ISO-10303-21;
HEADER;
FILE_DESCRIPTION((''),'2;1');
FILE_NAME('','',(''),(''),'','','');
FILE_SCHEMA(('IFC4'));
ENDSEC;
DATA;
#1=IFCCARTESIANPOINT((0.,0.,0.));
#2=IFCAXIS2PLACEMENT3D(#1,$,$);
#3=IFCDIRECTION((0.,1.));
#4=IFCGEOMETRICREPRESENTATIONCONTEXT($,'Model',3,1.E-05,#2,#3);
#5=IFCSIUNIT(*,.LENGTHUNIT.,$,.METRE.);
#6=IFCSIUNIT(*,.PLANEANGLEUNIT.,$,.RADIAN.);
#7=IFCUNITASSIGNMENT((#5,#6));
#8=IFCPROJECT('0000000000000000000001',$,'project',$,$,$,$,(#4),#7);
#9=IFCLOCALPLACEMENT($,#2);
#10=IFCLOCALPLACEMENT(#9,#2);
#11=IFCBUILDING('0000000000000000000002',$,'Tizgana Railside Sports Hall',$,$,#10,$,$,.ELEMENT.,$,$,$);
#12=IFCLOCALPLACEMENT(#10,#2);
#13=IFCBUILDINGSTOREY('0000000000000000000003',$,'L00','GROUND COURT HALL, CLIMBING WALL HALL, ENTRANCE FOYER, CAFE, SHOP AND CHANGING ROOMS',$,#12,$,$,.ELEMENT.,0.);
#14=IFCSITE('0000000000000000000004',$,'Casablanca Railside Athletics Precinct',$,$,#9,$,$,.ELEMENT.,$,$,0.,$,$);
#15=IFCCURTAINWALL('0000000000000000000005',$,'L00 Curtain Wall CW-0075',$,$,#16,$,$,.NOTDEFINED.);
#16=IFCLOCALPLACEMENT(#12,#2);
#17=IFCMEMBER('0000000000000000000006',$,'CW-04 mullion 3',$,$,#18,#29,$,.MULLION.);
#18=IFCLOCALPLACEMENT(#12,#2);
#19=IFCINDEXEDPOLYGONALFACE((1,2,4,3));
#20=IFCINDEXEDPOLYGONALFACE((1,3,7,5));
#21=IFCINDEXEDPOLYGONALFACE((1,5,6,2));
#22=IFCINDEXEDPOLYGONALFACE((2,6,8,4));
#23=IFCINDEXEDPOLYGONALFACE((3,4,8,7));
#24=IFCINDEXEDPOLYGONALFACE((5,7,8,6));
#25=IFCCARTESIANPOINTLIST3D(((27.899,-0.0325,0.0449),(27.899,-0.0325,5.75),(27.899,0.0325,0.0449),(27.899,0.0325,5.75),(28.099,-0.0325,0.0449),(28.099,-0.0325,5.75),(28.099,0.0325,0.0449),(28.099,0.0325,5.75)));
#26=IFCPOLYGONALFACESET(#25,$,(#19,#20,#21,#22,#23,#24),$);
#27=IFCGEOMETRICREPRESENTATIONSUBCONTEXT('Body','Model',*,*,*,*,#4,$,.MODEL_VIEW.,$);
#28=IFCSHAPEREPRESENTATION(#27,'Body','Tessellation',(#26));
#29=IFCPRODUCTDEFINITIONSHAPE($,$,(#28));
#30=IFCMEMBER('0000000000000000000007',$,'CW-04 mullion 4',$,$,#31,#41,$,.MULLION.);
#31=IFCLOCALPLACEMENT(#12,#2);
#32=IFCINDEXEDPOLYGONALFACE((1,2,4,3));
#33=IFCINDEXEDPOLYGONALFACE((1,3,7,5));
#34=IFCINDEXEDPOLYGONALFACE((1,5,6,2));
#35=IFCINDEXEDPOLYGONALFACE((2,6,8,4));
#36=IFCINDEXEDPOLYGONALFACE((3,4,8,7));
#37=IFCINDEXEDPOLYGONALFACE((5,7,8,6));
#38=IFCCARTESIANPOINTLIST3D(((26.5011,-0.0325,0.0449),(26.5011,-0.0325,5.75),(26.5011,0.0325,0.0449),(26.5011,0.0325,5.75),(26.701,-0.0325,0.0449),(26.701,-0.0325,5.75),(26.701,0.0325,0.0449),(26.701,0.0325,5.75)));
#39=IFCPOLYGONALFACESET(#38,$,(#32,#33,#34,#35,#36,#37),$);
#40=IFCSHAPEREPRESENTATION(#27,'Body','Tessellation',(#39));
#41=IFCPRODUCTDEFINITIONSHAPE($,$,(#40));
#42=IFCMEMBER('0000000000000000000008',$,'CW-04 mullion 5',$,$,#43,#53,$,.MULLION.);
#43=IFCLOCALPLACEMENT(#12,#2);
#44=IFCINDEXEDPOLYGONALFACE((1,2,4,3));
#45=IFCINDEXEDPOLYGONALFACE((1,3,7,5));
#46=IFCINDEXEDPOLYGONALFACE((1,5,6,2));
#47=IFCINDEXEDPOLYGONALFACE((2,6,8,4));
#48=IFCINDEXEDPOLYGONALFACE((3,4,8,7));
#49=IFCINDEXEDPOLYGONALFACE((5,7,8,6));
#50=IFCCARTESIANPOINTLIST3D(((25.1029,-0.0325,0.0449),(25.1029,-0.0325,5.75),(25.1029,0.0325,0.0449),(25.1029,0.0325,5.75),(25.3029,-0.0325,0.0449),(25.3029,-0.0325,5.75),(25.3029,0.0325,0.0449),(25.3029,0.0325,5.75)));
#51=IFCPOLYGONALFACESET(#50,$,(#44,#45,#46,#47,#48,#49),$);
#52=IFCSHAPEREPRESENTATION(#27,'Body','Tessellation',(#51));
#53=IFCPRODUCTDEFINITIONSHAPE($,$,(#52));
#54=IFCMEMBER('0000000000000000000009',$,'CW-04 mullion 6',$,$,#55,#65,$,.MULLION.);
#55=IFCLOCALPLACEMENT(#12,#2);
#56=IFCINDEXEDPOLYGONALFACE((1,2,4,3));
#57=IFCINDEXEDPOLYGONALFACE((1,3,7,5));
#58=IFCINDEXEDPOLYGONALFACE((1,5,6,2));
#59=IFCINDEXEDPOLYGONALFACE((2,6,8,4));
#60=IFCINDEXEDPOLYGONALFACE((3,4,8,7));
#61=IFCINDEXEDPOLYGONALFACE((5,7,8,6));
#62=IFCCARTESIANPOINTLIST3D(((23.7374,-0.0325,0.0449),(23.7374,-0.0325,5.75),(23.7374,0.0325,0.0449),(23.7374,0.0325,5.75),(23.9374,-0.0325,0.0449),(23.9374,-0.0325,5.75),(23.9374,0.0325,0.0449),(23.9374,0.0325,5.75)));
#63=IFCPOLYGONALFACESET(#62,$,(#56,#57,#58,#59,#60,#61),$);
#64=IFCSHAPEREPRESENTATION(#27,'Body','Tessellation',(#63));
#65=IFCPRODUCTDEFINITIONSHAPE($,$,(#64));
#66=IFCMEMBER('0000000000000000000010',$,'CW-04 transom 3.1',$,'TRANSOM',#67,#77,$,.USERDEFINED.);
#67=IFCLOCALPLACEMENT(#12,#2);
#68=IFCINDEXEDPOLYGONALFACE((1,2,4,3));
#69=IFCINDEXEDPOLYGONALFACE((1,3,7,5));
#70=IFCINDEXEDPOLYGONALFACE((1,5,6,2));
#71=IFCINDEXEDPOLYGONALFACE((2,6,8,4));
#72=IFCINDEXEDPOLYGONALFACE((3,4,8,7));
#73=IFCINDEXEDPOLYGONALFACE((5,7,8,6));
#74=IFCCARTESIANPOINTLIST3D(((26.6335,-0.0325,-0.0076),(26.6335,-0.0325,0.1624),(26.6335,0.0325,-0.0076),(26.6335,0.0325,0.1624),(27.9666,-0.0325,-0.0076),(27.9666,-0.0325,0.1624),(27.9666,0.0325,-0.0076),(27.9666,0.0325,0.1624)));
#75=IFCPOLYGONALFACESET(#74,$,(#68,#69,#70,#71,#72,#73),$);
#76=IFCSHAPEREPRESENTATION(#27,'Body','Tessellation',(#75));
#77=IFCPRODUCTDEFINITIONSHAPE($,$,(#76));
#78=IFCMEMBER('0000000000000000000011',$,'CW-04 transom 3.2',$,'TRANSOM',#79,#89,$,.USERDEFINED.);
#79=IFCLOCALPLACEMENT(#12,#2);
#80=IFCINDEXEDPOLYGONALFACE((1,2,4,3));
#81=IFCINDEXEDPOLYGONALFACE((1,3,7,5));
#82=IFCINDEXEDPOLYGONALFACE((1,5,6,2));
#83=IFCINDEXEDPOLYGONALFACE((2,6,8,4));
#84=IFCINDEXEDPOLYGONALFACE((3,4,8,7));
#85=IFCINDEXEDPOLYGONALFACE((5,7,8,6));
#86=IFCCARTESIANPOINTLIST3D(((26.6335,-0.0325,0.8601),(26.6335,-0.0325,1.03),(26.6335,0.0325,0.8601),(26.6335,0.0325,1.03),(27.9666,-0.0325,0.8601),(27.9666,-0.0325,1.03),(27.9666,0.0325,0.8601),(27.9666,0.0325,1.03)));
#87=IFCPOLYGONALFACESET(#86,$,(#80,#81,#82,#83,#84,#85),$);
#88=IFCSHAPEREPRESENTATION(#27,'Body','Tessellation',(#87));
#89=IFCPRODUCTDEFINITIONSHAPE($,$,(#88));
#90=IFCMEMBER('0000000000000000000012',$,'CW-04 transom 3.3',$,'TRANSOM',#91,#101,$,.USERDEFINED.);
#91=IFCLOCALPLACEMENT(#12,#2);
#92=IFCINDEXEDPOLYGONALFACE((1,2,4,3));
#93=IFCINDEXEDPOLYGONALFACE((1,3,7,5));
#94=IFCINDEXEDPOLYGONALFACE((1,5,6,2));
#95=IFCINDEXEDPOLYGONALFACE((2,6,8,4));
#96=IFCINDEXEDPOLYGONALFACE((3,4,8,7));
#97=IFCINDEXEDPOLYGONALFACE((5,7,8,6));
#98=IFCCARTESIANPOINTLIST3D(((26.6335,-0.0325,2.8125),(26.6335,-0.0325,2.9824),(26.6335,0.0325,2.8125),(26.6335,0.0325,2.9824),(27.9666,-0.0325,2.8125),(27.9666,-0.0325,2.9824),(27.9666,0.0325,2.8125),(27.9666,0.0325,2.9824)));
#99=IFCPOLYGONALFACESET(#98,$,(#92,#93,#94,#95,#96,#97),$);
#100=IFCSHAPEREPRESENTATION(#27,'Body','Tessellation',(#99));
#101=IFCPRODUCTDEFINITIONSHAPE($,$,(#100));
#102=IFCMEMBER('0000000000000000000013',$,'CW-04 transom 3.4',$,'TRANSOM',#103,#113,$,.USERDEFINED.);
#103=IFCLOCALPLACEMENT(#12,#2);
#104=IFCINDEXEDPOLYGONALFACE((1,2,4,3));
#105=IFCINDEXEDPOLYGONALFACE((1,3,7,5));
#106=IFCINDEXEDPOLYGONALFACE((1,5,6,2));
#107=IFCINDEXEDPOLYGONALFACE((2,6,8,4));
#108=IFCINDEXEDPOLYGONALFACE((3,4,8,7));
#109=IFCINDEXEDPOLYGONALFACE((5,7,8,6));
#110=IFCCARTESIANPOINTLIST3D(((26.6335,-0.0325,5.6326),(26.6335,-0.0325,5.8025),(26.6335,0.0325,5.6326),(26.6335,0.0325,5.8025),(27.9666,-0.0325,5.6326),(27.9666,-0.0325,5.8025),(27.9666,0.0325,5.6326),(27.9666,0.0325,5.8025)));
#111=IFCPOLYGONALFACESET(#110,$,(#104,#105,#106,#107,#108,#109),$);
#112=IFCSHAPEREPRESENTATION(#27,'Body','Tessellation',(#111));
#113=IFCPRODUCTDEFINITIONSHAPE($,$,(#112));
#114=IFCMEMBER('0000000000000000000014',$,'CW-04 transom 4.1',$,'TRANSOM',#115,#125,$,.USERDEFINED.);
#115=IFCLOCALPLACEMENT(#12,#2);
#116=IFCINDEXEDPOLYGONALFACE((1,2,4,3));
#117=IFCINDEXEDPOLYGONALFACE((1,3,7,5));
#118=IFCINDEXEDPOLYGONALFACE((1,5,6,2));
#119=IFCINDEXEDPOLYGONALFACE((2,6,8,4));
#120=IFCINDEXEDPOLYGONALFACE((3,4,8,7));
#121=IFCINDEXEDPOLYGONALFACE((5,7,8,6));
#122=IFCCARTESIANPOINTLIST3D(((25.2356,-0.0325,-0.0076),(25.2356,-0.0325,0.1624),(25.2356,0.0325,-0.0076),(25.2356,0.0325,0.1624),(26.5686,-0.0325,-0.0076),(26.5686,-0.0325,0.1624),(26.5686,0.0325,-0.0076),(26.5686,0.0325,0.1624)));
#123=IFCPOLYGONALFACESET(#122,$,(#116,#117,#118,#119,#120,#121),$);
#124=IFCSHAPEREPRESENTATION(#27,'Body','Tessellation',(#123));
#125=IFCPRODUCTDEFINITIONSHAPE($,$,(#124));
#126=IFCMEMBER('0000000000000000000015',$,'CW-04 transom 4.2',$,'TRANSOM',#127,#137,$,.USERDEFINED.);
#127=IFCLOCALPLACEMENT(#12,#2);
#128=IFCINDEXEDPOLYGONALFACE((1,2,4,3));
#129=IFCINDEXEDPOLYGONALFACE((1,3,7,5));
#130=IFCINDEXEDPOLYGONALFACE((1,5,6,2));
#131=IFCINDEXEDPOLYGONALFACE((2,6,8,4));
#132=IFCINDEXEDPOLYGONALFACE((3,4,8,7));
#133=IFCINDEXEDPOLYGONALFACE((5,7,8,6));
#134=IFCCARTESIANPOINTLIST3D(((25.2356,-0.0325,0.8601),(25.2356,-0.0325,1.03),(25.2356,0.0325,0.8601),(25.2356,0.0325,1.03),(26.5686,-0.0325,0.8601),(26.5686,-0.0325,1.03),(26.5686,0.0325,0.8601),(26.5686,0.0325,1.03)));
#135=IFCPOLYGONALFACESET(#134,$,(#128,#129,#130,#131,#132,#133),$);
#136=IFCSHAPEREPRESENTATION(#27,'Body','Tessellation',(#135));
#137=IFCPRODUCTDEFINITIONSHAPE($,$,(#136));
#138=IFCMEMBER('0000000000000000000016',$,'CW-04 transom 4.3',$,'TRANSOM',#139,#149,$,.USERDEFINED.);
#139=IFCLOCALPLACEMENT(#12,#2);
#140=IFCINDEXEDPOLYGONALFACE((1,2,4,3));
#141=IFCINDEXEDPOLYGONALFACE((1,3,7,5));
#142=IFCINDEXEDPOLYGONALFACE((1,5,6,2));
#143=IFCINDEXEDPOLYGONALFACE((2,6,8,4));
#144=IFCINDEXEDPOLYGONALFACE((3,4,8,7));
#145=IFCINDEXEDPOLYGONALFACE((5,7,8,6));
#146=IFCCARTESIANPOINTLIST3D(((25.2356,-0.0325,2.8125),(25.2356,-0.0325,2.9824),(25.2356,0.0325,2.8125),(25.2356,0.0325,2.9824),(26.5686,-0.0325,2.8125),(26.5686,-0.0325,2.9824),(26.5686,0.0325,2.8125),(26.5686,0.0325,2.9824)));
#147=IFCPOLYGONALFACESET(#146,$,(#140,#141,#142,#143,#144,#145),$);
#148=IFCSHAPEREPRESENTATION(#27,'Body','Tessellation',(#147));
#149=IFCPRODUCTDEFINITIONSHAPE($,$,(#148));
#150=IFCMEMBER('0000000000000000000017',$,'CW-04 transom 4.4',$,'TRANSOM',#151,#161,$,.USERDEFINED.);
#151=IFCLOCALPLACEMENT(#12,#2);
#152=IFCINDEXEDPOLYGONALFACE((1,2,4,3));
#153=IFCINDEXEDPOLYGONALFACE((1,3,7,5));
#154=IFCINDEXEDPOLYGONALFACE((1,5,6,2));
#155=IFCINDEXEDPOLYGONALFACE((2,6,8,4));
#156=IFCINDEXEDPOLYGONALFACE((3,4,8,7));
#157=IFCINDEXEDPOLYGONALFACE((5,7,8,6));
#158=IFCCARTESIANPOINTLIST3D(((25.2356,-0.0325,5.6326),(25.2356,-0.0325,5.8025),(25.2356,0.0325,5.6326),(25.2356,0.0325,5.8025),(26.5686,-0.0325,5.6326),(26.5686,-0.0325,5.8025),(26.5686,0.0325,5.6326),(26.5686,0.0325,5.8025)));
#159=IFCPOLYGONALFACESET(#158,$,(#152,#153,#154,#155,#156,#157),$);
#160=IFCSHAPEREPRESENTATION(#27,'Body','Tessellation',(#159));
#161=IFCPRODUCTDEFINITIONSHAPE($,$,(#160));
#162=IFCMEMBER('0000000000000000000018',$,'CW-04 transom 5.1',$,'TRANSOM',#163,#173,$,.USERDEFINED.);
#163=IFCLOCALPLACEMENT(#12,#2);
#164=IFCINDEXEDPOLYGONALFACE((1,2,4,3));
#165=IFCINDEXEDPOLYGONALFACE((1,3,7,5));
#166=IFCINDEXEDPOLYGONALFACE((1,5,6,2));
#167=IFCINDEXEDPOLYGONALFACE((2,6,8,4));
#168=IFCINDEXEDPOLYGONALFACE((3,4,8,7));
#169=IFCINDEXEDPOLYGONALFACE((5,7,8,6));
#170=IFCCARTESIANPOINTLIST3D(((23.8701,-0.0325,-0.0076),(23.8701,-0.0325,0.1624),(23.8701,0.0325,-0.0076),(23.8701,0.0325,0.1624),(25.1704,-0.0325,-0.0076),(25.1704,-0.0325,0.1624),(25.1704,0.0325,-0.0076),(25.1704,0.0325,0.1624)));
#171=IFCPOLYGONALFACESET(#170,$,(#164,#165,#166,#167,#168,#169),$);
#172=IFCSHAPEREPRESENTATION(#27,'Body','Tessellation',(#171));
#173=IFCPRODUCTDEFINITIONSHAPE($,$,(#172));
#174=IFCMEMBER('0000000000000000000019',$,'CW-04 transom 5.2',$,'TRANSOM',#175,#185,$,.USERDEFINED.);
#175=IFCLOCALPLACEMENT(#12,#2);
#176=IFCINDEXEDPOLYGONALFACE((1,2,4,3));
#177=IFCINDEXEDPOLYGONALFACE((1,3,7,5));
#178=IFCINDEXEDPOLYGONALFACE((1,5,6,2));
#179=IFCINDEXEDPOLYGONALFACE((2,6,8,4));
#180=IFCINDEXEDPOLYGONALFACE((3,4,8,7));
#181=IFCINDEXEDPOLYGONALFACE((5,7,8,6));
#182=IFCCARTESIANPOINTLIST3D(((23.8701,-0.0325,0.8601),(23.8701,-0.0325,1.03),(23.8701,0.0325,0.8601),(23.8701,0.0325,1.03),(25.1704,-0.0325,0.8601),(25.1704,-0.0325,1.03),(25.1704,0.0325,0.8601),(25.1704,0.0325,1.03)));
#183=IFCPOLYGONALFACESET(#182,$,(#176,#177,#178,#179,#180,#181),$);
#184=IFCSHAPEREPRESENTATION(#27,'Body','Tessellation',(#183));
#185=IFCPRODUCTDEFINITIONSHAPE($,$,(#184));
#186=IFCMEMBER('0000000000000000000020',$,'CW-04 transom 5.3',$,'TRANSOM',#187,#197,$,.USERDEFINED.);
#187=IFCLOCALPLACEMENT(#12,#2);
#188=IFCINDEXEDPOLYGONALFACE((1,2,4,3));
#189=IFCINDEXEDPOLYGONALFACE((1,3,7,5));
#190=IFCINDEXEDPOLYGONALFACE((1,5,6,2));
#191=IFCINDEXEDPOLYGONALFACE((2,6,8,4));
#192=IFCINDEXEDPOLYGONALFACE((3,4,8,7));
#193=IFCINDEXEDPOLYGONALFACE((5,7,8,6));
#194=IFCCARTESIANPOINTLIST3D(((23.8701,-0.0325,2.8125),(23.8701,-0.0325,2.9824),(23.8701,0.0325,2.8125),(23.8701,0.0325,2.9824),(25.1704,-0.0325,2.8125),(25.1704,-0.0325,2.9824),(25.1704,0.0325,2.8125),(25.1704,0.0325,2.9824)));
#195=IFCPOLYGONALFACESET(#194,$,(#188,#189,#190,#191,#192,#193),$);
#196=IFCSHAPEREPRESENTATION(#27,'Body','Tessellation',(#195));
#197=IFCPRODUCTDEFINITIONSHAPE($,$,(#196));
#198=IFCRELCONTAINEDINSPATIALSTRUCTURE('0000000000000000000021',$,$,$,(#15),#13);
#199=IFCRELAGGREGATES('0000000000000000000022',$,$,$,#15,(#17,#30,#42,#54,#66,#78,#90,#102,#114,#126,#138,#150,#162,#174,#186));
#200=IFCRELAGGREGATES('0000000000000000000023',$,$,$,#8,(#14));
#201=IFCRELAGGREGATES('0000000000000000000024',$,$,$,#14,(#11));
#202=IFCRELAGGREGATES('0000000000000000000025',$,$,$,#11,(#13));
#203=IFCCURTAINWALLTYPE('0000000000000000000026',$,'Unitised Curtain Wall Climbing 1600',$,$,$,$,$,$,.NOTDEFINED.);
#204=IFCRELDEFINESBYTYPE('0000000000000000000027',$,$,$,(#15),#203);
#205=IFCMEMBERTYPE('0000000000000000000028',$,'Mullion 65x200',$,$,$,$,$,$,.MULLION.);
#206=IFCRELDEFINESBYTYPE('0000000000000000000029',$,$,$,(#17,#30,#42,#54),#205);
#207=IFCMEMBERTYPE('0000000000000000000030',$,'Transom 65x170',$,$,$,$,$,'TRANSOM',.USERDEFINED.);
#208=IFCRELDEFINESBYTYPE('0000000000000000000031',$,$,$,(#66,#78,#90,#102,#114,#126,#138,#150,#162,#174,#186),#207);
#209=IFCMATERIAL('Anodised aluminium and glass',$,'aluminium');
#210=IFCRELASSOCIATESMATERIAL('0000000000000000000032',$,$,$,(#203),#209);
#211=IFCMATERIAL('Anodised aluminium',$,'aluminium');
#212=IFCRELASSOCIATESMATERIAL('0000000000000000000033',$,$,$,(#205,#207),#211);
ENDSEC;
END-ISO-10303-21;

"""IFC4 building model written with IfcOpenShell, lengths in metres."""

from ifc_helpers import new_model, si_unit, direction, frame, origin, origin_2d, place, context, subcontext, project, spatial, rectangle, extrude, material, material_profile, profile_set, type_object, element, aggregate, save


model = new_model("IFC4")

# Units and contexts
model_context = context("Model", 3, precision=1e-05, world=origin(), true_north=direction((0.0, 1.0)))
body_context = subcontext(model_context, "Body", "Model", "MODEL_VIEW")
ifc_project = project(units=[si_unit("LENGTHUNIT", "METRE"), si_unit("PLANEANGLEUNIT", "RADIAN")], contexts=[model_context])

# Site, building, storey
site_placement = place(None, origin())
site = spatial("IfcSite", under=ifc_project, at=site_placement, Name="Casablanca Railside Athletics Precinct", CompositionType="ELEMENT", RefElevation=0.0)
building_placement = place(site_placement, origin())
building = spatial("IfcBuilding", under=site, at=building_placement, Name="Tizgana Railside Sports Hall", CompositionType="ELEMENT")
storey_placement = place(building_placement, origin())
storey = spatial("IfcBuildingStorey", under=building, at=storey_placement, Name="L00", Description="GROUND COURT HALL, CLIMBING WALL HALL, ENTRANCE FOYER, CAFE, SHOP AND CHANGING ROOMS", CompositionType="ELEMENT", Elevation=0.0)

# Curtain wall, members
ifc_material_1 = material(Name="Anodised aluminium and glass", Category="aluminium")
curtain_wall_type = type_object("IfcCurtainWallType", Name="Unitised Curtain Wall Climbing 1600", PredefinedType="NOTDEFINED", material=ifc_material_1)
curtain_wall_placement = place(storey_placement, origin())
curtain_wall = element("IfcCurtainWall", 1, at=curtain_wall_placement, inside=storey, type_object=curtain_wall_type, Name="L00 Curtain Wall CW-0075", PredefinedType="NOTDEFINED")
ifc_material_2 = material(Name="Anodised aluminium", Category="aluminium")
ifc_material_profile_1 = material_profile(ifc_material_2, rectangle(XDim=0.0649, YDim=0.2, at=origin_2d()), Name="Mullion 65x200")
ifc_profile_set_1 = profile_set([ifc_material_profile_1], Name="Anodised aluminium")
member_type_1 = type_object("IfcMemberType", Name="Mullion 65x200", PredefinedType="MULLION", material=ifc_profile_set_1)
member_1_placement = place(storey_placement, frame((27.999, 0.0, 0.0449), z_axis=(0.0, 0.0, 1.0), x_axis=(0.0, -1.0, 0.0)))
member_1 = element("IfcMember", 2, at=member_1_placement, type_object=member_type_1, Name="CW-04 mullion 3", PredefinedType="MULLION", context=body_context, shape_type="SweptSolid", body=[
    extrude(rectangle(XDim=0.0649, YDim=0.2, at=origin_2d()), origin(), (0.0, 0.0, 1.0), 5.7051),
])
member_2_placement = place(storey_placement, frame((26.6011, 0.0, 0.0449), z_axis=(0.0, 0.0, 1.0), x_axis=(0.0, -1.0, 0.0)))
member_2 = element("IfcMember", 3, at=member_2_placement, type_object=member_type_1, Name="CW-04 mullion 4", PredefinedType="MULLION", context=body_context, shape_type="SweptSolid", body=[
    extrude(rectangle(XDim=0.0649, YDim=0.2, at=origin_2d()), origin(), (0.0, 0.0, 1.0), 5.7051),
])
member_3_placement = place(storey_placement, frame((25.2029, 0.0, 0.0449), z_axis=(0.0, 0.0, 1.0), x_axis=(0.0, -1.0, 0.0)))
member_3 = element("IfcMember", 4, at=member_3_placement, type_object=member_type_1, Name="CW-04 mullion 5", PredefinedType="MULLION", context=body_context, shape_type="SweptSolid", body=[
    extrude(rectangle(XDim=0.0649, YDim=0.2, at=origin_2d()), origin(), (0.0, 0.0, 1.0), 5.7051),
])
member_4_placement = place(storey_placement, frame((23.8374, 0.0, 0.0449), z_axis=(0.0, 0.0, 1.0), x_axis=(0.0, -1.0, 0.0)))
member_4 = element("IfcMember", 5, at=member_4_placement, type_object=member_type_1, Name="CW-04 mullion 6", PredefinedType="MULLION", context=body_context, shape_type="SweptSolid", body=[
    extrude(rectangle(XDim=0.0649, YDim=0.2, at=origin_2d()), origin(), (0.0, 0.0, 1.0), 5.7051),
])
ifc_material_profile_2 = material_profile(ifc_material_2, rectangle(XDim=0.0649, YDim=0.1699, at=origin_2d()), Name="Transom 65x170")
ifc_profile_set_2 = profile_set([ifc_material_profile_2], Name="Anodised aluminium")
member_type_2 = type_object("IfcMemberType", Name="Transom 65x170", ElementType="TRANSOM", PredefinedType="USERDEFINED", material=ifc_profile_set_2)
member_5_placement = place(storey_placement, frame((27.9666, 0.0, 0.0774), z_axis=(-1.0, 0.0, 0.0), x_axis=(0.0, -1.0, 0.0)))
member_5 = element("IfcMember", 6, at=member_5_placement, type_object=member_type_2, Name="CW-04 transom 3.1", ObjectType="TRANSOM", PredefinedType="USERDEFINED", context=body_context, shape_type="SweptSolid", body=[
    extrude(rectangle(XDim=0.0649, YDim=0.1699, at=origin_2d()), origin(), (0.0, 0.0, 1.0), 1.333),
])
member_6_placement = place(storey_placement, frame((27.9666, 0.0, 0.9451), z_axis=(-1.0, 0.0, 0.0), x_axis=(0.0, -1.0, 0.0)))
member_6 = element("IfcMember", 7, at=member_6_placement, type_object=member_type_2, Name="CW-04 transom 3.2", ObjectType="TRANSOM", PredefinedType="USERDEFINED", context=body_context, shape_type="SweptSolid", body=[
    extrude(rectangle(XDim=0.0649, YDim=0.1699, at=origin_2d()), origin(), (0.0, 0.0, 1.0), 1.333),
])
member_7_placement = place(storey_placement, frame((27.9666, 0.0, 2.8975), z_axis=(-1.0, 0.0, 0.0), x_axis=(0.0, -1.0, 0.0)))
member_7 = element("IfcMember", 8, at=member_7_placement, type_object=member_type_2, Name="CW-04 transom 3.3", ObjectType="TRANSOM", PredefinedType="USERDEFINED", context=body_context, shape_type="SweptSolid", body=[
    extrude(rectangle(XDim=0.0649, YDim=0.1699, at=origin_2d()), origin(), (0.0, 0.0, 1.0), 1.333),
])
member_8_placement = place(storey_placement, frame((27.9666, 0.0, 5.7175), z_axis=(-1.0, 0.0, 0.0), x_axis=(0.0, -1.0, 0.0)))
member_8 = element("IfcMember", 9, at=member_8_placement, type_object=member_type_2, Name="CW-04 transom 3.4", ObjectType="TRANSOM", PredefinedType="USERDEFINED", context=body_context, shape_type="SweptSolid", body=[
    extrude(rectangle(XDim=0.0649, YDim=0.1699, at=origin_2d()), origin(), (0.0, 0.0, 1.0), 1.333),
])
member_9_placement = place(storey_placement, frame((26.5686, 0.0, 0.0774), z_axis=(-1.0, 0.0, 0.0), x_axis=(0.0, -1.0, 0.0)))
member_9 = element("IfcMember", 10, at=member_9_placement, type_object=member_type_2, Name="CW-04 transom 4.1", ObjectType="TRANSOM", PredefinedType="USERDEFINED", context=body_context, shape_type="SweptSolid", body=[
    extrude(rectangle(XDim=0.0649, YDim=0.1699, at=origin_2d()), origin(), (0.0, 0.0, 1.0), 1.333),
])
member_10_placement = place(storey_placement, frame((26.5686, 0.0, 0.9451), z_axis=(-1.0, 0.0, 0.0), x_axis=(0.0, -1.0, 0.0)))
member_10 = element("IfcMember", 11, at=member_10_placement, type_object=member_type_2, Name="CW-04 transom 4.2", ObjectType="TRANSOM", PredefinedType="USERDEFINED", context=body_context, shape_type="SweptSolid", body=[
    extrude(rectangle(XDim=0.0649, YDim=0.1699, at=origin_2d()), origin(), (0.0, 0.0, 1.0), 1.333),
])
member_11_placement = place(storey_placement, frame((26.5686, 0.0, 2.8975), z_axis=(-1.0, 0.0, 0.0), x_axis=(0.0, -1.0, 0.0)))
member_11 = element("IfcMember", 12, at=member_11_placement, type_object=member_type_2, Name="CW-04 transom 4.3", ObjectType="TRANSOM", PredefinedType="USERDEFINED", context=body_context, shape_type="SweptSolid", body=[
    extrude(rectangle(XDim=0.0649, YDim=0.1699, at=origin_2d()), origin(), (0.0, 0.0, 1.0), 1.333),
])
member_12_placement = place(storey_placement, frame((26.5686, 0.0, 5.7175), z_axis=(-1.0, 0.0, 0.0), x_axis=(0.0, -1.0, 0.0)))
member_12 = element("IfcMember", 13, at=member_12_placement, type_object=member_type_2, Name="CW-04 transom 4.4", ObjectType="TRANSOM", PredefinedType="USERDEFINED", context=body_context, shape_type="SweptSolid", body=[
    extrude(rectangle(XDim=0.0649, YDim=0.1699, at=origin_2d()), origin(), (0.0, 0.0, 1.0), 1.333),
])
member_13_placement = place(storey_placement, frame((25.1704, 0.0, 0.0774), z_axis=(-1.0, 0.0, 0.0), x_axis=(0.0, -1.0, 0.0)))
member_13 = element("IfcMember", 14, at=member_13_placement, type_object=member_type_2, Name="CW-04 transom 5.1", ObjectType="TRANSOM", PredefinedType="USERDEFINED", context=body_context, shape_type="SweptSolid", body=[
    extrude(rectangle(XDim=0.0649, YDim=0.1699, at=origin_2d()), origin(), (0.0, 0.0, 1.0), 1.3003),
])
member_14_placement = place(storey_placement, frame((25.1704, 0.0, 0.9451), z_axis=(-1.0, 0.0, 0.0), x_axis=(0.0, -1.0, 0.0)))
member_14 = element("IfcMember", 15, at=member_14_placement, type_object=member_type_2, Name="CW-04 transom 5.2", ObjectType="TRANSOM", PredefinedType="USERDEFINED", context=body_context, shape_type="SweptSolid", body=[
    extrude(rectangle(XDim=0.0649, YDim=0.1699, at=origin_2d()), origin(), (0.0, 0.0, 1.0), 1.3003),
])
member_15_placement = place(storey_placement, frame((25.1704, 0.0, 2.8975), z_axis=(-1.0, 0.0, 0.0), x_axis=(0.0, -1.0, 0.0)))
member_15 = element("IfcMember", 16, at=member_15_placement, type_object=member_type_2, Name="CW-04 transom 5.3", ObjectType="TRANSOM", PredefinedType="USERDEFINED", context=body_context, shape_type="SweptSolid", body=[
    extrude(rectangle(XDim=0.0649, YDim=0.1699, at=origin_2d()), origin(), (0.0, 0.0, 1.0), 1.3003),
])
aggregate(curtain_wall, [member_1, member_2, member_3, member_4, member_5, member_6, member_7, member_8, member_9, member_10, member_11, member_12, member_13, member_14, member_15])

save(model, "model.ifc")
